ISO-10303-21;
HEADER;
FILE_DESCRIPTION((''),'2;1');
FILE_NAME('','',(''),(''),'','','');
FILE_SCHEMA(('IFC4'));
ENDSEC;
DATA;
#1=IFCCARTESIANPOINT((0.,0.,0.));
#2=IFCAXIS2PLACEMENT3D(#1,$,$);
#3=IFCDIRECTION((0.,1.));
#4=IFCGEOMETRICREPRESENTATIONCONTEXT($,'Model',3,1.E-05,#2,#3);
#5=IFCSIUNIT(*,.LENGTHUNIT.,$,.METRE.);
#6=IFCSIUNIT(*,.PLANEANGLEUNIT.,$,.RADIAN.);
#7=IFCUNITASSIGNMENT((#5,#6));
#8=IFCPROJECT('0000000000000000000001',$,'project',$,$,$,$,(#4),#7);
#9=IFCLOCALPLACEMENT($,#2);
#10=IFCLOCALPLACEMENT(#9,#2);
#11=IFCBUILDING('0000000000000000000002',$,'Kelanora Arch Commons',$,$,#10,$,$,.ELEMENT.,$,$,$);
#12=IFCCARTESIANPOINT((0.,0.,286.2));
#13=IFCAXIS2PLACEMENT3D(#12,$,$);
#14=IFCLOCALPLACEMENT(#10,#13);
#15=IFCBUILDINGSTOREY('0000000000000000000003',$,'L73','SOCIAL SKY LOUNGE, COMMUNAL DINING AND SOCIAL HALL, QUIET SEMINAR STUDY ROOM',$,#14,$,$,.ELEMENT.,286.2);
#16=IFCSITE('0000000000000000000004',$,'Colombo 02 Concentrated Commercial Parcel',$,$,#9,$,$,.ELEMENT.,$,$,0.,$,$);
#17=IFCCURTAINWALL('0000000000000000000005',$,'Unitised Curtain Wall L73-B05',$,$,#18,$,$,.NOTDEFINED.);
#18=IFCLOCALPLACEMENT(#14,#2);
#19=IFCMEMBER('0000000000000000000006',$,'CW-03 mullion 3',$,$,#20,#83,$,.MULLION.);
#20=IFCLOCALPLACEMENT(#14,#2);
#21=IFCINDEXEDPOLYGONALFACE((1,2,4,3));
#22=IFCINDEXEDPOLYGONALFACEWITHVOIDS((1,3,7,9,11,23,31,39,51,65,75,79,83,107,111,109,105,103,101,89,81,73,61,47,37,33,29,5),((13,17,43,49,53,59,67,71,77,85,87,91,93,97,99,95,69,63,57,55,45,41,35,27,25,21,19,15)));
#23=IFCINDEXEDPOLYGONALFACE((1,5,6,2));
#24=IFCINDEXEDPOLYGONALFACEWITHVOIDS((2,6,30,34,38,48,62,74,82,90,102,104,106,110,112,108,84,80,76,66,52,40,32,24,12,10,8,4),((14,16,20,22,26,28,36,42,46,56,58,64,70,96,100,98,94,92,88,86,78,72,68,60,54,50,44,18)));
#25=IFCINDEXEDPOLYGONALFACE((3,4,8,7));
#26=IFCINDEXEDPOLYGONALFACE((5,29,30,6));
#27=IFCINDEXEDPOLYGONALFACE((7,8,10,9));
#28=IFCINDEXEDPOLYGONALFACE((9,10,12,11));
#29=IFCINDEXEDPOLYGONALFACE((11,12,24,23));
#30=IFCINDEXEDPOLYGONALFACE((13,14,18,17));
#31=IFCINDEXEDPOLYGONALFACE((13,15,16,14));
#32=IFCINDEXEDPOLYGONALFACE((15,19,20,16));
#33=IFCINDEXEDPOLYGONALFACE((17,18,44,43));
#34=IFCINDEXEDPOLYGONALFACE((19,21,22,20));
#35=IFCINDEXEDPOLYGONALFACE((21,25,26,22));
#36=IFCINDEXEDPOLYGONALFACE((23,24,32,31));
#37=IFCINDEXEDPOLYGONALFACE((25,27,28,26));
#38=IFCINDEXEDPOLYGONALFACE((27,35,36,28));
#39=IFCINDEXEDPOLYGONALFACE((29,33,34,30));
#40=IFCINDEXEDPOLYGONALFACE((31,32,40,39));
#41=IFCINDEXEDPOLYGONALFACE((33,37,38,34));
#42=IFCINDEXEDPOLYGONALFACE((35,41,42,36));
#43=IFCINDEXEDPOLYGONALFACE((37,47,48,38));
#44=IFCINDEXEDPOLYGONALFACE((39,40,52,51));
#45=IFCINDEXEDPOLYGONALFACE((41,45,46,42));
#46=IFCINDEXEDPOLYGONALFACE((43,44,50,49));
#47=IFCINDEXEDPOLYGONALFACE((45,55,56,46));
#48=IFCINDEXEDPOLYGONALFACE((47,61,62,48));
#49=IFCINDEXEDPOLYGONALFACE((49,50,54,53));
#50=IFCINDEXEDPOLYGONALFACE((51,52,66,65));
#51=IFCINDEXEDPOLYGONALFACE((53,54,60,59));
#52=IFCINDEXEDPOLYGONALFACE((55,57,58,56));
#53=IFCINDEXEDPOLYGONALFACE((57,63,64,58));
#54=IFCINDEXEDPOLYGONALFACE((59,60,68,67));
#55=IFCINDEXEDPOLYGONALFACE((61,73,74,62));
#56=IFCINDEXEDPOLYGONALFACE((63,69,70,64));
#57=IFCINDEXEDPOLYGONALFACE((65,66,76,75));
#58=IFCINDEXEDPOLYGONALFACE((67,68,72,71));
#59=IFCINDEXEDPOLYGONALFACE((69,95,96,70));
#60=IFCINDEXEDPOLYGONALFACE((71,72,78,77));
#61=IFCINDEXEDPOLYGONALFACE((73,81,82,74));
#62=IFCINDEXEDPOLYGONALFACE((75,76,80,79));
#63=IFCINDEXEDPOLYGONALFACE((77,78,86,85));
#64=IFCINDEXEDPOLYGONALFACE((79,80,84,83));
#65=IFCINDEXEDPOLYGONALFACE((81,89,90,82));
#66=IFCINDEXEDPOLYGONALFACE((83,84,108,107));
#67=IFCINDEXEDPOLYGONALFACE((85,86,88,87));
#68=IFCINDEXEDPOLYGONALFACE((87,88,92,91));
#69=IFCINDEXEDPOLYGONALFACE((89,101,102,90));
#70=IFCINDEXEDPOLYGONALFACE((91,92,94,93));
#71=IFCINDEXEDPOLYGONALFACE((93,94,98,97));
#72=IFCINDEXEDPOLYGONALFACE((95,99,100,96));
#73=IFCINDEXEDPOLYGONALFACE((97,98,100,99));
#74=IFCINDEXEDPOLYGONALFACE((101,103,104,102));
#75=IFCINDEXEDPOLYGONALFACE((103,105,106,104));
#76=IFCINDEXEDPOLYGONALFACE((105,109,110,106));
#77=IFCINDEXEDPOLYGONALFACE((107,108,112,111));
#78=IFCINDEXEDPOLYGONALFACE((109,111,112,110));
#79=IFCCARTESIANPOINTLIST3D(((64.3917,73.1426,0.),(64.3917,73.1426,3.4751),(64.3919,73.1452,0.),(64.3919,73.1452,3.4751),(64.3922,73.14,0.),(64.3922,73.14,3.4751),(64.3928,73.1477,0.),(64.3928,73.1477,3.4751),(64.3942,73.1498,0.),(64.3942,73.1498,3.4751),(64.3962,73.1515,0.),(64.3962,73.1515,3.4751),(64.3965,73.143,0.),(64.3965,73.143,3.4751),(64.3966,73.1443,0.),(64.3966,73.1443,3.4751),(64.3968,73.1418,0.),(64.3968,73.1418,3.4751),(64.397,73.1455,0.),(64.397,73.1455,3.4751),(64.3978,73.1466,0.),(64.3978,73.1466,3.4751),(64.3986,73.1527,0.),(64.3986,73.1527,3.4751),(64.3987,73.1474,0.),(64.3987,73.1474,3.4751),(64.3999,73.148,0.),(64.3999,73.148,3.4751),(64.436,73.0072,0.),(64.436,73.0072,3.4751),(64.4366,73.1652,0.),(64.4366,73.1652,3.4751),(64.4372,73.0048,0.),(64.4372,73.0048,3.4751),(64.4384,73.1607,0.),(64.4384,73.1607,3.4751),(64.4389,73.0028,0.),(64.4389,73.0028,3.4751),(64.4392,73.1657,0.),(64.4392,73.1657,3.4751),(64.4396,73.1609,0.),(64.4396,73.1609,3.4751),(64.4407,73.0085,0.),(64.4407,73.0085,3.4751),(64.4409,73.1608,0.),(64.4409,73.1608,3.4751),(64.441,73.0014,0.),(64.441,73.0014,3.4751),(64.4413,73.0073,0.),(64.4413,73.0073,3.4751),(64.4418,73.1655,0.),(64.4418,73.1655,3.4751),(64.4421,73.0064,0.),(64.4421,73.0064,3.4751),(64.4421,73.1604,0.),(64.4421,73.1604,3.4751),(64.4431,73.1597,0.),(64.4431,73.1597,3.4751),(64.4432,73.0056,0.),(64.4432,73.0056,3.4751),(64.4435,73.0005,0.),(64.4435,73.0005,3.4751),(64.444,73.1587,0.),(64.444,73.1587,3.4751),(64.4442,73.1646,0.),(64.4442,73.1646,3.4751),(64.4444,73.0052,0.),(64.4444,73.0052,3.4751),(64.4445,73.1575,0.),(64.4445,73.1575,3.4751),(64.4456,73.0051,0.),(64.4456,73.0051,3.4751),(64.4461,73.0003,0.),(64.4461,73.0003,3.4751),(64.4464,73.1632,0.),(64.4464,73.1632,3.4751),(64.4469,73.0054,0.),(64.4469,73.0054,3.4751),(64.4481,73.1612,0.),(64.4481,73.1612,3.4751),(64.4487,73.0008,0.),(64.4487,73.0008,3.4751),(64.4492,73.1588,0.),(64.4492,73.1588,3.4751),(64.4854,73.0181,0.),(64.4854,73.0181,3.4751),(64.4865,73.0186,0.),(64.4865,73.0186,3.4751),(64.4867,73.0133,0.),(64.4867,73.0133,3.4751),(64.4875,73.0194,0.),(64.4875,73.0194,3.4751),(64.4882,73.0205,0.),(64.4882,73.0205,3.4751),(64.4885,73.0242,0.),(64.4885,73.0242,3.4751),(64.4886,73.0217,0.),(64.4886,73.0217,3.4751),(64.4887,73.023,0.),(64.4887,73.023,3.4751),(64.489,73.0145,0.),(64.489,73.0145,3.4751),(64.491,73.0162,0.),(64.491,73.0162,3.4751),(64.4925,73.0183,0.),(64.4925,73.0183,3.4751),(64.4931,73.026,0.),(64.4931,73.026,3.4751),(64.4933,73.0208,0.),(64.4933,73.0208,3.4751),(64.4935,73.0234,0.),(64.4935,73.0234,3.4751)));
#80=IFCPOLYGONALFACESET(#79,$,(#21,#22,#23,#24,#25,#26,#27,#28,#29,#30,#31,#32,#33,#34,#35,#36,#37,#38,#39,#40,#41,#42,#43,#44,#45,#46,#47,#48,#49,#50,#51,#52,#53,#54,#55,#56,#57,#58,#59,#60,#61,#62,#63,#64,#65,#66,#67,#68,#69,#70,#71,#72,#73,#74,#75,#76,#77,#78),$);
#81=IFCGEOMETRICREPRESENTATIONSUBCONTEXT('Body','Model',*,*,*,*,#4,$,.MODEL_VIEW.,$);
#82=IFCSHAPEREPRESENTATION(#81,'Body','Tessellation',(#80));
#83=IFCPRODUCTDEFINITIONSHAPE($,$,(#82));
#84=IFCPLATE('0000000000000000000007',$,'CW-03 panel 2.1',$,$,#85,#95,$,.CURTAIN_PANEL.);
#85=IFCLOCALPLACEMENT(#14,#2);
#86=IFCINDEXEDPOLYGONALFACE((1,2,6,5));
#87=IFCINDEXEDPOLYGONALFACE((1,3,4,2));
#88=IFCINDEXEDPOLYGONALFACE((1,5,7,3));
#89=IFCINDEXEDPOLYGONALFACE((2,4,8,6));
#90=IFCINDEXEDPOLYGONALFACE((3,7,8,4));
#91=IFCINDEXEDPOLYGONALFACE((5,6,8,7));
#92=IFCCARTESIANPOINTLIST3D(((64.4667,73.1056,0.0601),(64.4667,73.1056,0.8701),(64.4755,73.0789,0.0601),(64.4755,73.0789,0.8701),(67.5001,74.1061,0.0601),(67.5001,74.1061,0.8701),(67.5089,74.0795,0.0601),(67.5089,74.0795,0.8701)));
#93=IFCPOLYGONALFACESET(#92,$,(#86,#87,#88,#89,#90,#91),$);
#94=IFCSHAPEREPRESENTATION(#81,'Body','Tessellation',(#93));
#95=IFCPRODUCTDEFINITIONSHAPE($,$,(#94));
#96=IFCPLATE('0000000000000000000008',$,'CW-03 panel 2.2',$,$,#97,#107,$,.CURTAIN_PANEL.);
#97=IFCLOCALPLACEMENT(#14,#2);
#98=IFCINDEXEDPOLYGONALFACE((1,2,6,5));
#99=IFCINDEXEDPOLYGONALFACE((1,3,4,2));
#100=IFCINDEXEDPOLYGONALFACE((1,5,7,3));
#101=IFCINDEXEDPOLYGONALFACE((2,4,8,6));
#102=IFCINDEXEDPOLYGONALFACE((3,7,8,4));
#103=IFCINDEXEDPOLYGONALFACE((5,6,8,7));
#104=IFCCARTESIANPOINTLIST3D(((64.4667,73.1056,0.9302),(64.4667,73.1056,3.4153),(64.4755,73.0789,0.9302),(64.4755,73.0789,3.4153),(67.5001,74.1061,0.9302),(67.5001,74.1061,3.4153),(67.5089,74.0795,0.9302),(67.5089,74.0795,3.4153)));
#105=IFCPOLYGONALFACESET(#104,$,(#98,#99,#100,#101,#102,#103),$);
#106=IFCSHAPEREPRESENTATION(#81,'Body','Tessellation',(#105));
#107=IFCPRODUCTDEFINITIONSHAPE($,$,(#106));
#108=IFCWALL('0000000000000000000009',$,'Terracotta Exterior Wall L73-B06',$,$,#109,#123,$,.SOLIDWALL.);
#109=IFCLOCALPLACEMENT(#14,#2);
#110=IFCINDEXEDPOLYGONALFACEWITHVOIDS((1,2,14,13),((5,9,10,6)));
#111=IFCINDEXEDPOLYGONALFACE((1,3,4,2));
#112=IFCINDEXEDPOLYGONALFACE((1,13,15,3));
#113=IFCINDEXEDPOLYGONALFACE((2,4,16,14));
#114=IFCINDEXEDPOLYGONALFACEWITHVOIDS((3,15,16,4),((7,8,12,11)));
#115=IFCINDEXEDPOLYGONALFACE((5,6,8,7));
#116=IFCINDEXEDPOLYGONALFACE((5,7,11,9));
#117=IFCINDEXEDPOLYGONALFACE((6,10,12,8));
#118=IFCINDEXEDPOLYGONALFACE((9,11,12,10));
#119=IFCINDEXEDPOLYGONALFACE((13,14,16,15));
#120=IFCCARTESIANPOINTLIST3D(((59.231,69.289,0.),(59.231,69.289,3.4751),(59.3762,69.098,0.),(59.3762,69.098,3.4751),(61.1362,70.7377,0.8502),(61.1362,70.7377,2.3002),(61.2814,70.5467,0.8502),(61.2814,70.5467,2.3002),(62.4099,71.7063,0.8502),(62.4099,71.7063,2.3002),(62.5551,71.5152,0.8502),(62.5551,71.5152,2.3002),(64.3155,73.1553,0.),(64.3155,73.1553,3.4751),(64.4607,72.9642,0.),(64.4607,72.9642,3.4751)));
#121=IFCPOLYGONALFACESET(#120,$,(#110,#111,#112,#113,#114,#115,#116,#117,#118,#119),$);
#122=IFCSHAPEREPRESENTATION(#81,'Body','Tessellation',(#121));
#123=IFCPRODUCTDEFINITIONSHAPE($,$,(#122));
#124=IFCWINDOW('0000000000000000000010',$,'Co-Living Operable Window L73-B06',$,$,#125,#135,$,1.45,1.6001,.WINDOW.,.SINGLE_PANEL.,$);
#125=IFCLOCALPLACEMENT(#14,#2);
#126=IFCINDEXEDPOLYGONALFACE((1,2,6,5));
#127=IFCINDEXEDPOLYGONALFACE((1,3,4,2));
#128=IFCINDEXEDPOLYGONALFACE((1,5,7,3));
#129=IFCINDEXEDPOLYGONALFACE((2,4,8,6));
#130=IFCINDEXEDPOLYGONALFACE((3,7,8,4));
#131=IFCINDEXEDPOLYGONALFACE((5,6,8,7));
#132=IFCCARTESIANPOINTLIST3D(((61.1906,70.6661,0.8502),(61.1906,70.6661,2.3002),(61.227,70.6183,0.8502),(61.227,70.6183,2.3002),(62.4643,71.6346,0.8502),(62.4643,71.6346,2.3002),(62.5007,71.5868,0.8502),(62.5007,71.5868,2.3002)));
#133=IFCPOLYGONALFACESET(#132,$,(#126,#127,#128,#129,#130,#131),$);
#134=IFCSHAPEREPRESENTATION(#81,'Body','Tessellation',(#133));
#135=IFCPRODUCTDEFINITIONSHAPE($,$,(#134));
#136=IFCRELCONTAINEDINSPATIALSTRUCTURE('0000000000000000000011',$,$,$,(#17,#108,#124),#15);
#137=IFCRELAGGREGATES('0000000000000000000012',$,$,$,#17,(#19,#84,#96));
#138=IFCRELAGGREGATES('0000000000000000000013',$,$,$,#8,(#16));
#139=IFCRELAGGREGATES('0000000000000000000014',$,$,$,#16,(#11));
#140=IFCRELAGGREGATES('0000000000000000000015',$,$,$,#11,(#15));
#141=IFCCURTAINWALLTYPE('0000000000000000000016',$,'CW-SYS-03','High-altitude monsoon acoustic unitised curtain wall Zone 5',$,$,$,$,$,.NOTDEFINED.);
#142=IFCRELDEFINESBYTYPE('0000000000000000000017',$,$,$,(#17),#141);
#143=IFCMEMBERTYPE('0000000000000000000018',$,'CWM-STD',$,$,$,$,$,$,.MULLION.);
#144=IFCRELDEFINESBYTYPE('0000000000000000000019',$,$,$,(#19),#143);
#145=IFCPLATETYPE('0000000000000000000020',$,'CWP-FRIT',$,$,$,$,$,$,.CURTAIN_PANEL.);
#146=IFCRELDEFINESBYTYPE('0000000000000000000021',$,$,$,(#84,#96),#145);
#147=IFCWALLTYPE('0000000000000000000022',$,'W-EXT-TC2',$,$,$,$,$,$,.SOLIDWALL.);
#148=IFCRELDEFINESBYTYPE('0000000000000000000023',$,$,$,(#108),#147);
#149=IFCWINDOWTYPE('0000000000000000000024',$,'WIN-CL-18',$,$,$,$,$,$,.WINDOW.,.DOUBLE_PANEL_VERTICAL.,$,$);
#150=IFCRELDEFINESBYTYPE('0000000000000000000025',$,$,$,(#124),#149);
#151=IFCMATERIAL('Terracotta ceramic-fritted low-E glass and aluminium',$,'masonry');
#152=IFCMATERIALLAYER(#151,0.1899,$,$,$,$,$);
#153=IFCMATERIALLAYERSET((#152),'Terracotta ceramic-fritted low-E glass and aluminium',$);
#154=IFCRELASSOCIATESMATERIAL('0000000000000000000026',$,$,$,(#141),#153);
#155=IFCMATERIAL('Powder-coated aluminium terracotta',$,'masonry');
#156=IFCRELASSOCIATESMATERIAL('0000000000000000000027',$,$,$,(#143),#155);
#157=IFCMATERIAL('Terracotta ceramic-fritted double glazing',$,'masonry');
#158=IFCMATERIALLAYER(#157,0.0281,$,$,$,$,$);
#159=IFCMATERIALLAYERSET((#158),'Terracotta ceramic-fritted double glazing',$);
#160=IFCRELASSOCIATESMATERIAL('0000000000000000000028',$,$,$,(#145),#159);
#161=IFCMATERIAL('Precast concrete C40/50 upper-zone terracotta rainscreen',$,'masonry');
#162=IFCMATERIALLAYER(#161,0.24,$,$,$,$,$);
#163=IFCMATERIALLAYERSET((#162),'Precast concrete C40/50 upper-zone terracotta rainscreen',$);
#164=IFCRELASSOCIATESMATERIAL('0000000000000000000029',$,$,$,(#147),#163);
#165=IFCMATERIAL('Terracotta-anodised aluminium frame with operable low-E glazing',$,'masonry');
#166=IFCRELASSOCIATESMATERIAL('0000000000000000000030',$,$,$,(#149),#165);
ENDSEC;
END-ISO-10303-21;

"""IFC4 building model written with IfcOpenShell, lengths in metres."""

from ifc_helpers import new_model, si_unit, direction, frame, frame_2d, origin, origin_2d, place, context, subcontext, project, spatial, rectangle, hollow_rectangle, extrude, source, transform, mapped, material, layer, layer_set, material_profile, profile_set, type_object, element, fill, aggregate, save


model = new_model("IFC4")

# Units and contexts
model_context = context("Model", 3, precision=1e-05, world=origin(), true_north=direction((0.0, 1.0)))
body_context = subcontext(model_context, "Body", "Model", "MODEL_VIEW")
ifc_project = project(units=[si_unit("LENGTHUNIT", "METRE"), si_unit("PLANEANGLEUNIT", "RADIAN")], contexts=[model_context])

# Site, building, storey
site_placement = place(None, origin())
site = spatial("IfcSite", under=ifc_project, at=site_placement, Name="Colombo 02 Concentrated Commercial Parcel", CompositionType="ELEMENT", RefElevation=0.0)
building_placement = place(site_placement, origin())
building = spatial("IfcBuilding", under=site, at=building_placement, Name="Kelanora Arch Commons", CompositionType="ELEMENT")
storey_placement = place(building_placement, frame((0.0, 0.0, 286.2)))
storey = spatial("IfcBuildingStorey", under=building, at=storey_placement, Name="L73", Description="SOCIAL SKY LOUNGE, COMMUNAL DINING AND SOCIAL HALL, QUIET SEMINAR STUDY ROOM", CompositionType="ELEMENT", Elevation=286.2)

# Curtain wall, member, plates
ifc_material_1 = material(Name="Terracotta ceramic-fritted low-E glass and aluminium", Category="masonry")
ifc_layer_1 = layer(ifc_material_1, 0.1899)
ifc_layer_set_1 = layer_set([ifc_layer_1], Name="Terracotta ceramic-fritted low-E glass and aluminium")
curtain_wall_type = type_object("IfcCurtainWallType", Name="CW-SYS-03", Description="High-altitude monsoon acoustic unitised curtain wall Zone 5", PredefinedType="NOTDEFINED", material=ifc_layer_set_1)
curtain_wall_placement = place(storey_placement, origin())
curtain_wall = element("IfcCurtainWall", 1, at=curtain_wall_placement, inside=storey, type_object=curtain_wall_type, Name="Unitised Curtain Wall L73-B05", PredefinedType="NOTDEFINED")
ifc_material_2 = material(Name="Powder-coated aluminium terracotta", Category="masonry")
ifc_material_profile_1 = material_profile(ifc_material_2, hollow_rectangle(XDim=0.1599, YDim=0.0601, WallThickness=0.0049, InnerFilletRadius=0.0049, OuterFilletRadius=0.01, at=origin_2d()), Name="CWM160x60")
ifc_profile_set_1 = profile_set([ifc_material_profile_1], Name="Powder-coated aluminium terracotta")
member_type = type_object("IfcMemberType", Name="CWM-STD", PredefinedType="MULLION", material=ifc_profile_set_1)
member_placement = place(storey_placement, frame((64.4426, 73.083, 0.0), z_axis=(0.0, 0.0, 1.0), x_axis=(0.313253, -0.94967, 0.0)))
member = element("IfcMember", 2, at=member_placement, type_object=member_type, Name="CW-03 mullion 3", PredefinedType="MULLION", context=body_context, shape_type="SweptSolid", body=[
    extrude(hollow_rectangle(XDim=0.1599, YDim=0.0601, WallThickness=0.0049, InnerFilletRadius=0.0049, OuterFilletRadius=0.01, at=origin_2d()), origin(), (0.0, 0.0, 1.0), 3.4751),
])
ifc_material_3 = material(Name="Terracotta ceramic-fritted double glazing", Category="masonry")
ifc_layer_2 = layer(ifc_material_3, 0.0281)
ifc_layer_set_2 = layer_set([ifc_layer_2], Name="Terracotta ceramic-fritted double glazing")
plate_type = type_object("IfcPlateType", Name="CWP-FRIT", PredefinedType="CURTAIN_PANEL", material=ifc_layer_set_2)
shared_shape_1 = source(origin(), body_context, "Body", "SweptSolid", [
    extrude(rectangle(XDim=3.1941, YDim=0.0281, at=origin_2d()), origin(), (0.0, 0.0, 1.0), 0.8101),
])
plate_1_placement = place(storey_placement, frame((65.9878, 73.5925, 0.0601), z_axis=(0.0, 0.0, 1.0), x_axis=(-0.94967, -0.313253, 0.0)))
plate_1 = element("IfcPlate", 3, at=plate_1_placement, type_object=plate_type, Name="CW-03 panel 2.1", PredefinedType="CURTAIN_PANEL", context=body_context, shape_type="MappedRepresentation", body=[
    mapped(shared_shape_1, transform((0.0, 0.0, 0.0), scale=1.0)),
])
shared_shape_2 = source(origin(), body_context, "Body", "SweptSolid", [
    extrude(rectangle(XDim=3.1941, YDim=0.0281, at=origin_2d()), origin(), (0.0, 0.0, 1.0), 2.4851),
])
plate_2_placement = place(storey_placement, frame((65.9878, 73.5925, 0.9302), z_axis=(0.0, 0.0, 1.0), x_axis=(-0.94967, -0.313253, 0.0)))
plate_2 = element("IfcPlate", 4, at=plate_2_placement, type_object=plate_type, Name="CW-03 panel 2.2", PredefinedType="CURTAIN_PANEL", context=body_context, shape_type="MappedRepresentation", body=[
    mapped(shared_shape_2, transform((0.0, 0.0, 0.0), scale=1.0)),
])
aggregate(curtain_wall, [member, plate_1, plate_2])

# Wall, opening, window
ifc_material_4 = material(Name="Precast concrete C40/50 upper-zone terracotta rainscreen", Category="masonry")
ifc_layer_3 = layer(ifc_material_4, 0.24)
ifc_layer_set_3 = layer_set([ifc_layer_3], Name="Precast concrete C40/50 upper-zone terracotta rainscreen")
wall_type_1 = type_object("IfcWallType", Name="W-EXT-TC2", PredefinedType="SOLIDWALL", material=ifc_layer_set_3)
wall_1_placement = place(storey_placement, frame((64.3882, 73.0598, 0.0), z_axis=(0.0, 0.0, 1.0), x_axis=(-0.79601, -0.605283, 0.0)))
wall_1 = element("IfcWall", 5, at=wall_1_placement, inside=storey, type_object=wall_type_1, Name="Terracotta Exterior Wall L73-B06", PredefinedType="SOLIDWALL", context=body_context, shape_type="SweptSolid", body=[
    extrude(rectangle(XDim=6.3875, YDim=0.24, at=frame_2d((3.1938, 0.0))), origin(), (0.0, 0.0, 1.0), 3.4751),
])
opening_1_placement = place(wall_1_placement, frame((2.394, 0.0, 0.8501)))
opening_1 = element("IfcOpeningElement", 6, at=opening_1_placement, cuts=wall_1, PredefinedType="OPENING", context=body_context, shape_type="SweptSolid", body=[
    extrude(rectangle(XDim=1.6001, YDim=1.45, at=frame_2d((0.8, 0.7251))), frame((0.0, 0.1299, 0.0), z_axis=(0.0, -1.0, 0.0), x_axis=(1.0, 0.0, 0.0)), (0.0, 0.0, 1.0), 0.26),
])
ifc_material_5 = material(Name="Terracotta-anodised aluminium frame with operable low-E glazing", Category="masonry")
window_type_1 = type_object("IfcWindowType", Name="WIN-CL-18", PartitioningType="DOUBLE_PANEL_VERTICAL", PredefinedType="WINDOW", material=ifc_material_5)
window_1_placement = place(opening_1_placement, origin())
window_1 = element("IfcWindow", 7, at=window_1_placement, inside=storey, type_object=window_type_1, Name="Co-Living Operable Window L73-B06", OverallHeight=1.45, OverallWidth=1.6001, PartitioningType="SINGLE_PANEL", PredefinedType="WINDOW", context=body_context, shape_type="SweptSolid", body=[
    extrude(rectangle(XDim=1.6001, YDim=1.45, at=frame_2d((0.8, 0.7251))), frame((0.0, 0.03, 0.0), z_axis=(0.0, -1.0, 0.0), x_axis=(1.0, 0.0, 0.0)), (0.0, 0.0, 1.0), 0.0601),
])
fill(opening_1, window_1)

save(model, "model.ifc")
